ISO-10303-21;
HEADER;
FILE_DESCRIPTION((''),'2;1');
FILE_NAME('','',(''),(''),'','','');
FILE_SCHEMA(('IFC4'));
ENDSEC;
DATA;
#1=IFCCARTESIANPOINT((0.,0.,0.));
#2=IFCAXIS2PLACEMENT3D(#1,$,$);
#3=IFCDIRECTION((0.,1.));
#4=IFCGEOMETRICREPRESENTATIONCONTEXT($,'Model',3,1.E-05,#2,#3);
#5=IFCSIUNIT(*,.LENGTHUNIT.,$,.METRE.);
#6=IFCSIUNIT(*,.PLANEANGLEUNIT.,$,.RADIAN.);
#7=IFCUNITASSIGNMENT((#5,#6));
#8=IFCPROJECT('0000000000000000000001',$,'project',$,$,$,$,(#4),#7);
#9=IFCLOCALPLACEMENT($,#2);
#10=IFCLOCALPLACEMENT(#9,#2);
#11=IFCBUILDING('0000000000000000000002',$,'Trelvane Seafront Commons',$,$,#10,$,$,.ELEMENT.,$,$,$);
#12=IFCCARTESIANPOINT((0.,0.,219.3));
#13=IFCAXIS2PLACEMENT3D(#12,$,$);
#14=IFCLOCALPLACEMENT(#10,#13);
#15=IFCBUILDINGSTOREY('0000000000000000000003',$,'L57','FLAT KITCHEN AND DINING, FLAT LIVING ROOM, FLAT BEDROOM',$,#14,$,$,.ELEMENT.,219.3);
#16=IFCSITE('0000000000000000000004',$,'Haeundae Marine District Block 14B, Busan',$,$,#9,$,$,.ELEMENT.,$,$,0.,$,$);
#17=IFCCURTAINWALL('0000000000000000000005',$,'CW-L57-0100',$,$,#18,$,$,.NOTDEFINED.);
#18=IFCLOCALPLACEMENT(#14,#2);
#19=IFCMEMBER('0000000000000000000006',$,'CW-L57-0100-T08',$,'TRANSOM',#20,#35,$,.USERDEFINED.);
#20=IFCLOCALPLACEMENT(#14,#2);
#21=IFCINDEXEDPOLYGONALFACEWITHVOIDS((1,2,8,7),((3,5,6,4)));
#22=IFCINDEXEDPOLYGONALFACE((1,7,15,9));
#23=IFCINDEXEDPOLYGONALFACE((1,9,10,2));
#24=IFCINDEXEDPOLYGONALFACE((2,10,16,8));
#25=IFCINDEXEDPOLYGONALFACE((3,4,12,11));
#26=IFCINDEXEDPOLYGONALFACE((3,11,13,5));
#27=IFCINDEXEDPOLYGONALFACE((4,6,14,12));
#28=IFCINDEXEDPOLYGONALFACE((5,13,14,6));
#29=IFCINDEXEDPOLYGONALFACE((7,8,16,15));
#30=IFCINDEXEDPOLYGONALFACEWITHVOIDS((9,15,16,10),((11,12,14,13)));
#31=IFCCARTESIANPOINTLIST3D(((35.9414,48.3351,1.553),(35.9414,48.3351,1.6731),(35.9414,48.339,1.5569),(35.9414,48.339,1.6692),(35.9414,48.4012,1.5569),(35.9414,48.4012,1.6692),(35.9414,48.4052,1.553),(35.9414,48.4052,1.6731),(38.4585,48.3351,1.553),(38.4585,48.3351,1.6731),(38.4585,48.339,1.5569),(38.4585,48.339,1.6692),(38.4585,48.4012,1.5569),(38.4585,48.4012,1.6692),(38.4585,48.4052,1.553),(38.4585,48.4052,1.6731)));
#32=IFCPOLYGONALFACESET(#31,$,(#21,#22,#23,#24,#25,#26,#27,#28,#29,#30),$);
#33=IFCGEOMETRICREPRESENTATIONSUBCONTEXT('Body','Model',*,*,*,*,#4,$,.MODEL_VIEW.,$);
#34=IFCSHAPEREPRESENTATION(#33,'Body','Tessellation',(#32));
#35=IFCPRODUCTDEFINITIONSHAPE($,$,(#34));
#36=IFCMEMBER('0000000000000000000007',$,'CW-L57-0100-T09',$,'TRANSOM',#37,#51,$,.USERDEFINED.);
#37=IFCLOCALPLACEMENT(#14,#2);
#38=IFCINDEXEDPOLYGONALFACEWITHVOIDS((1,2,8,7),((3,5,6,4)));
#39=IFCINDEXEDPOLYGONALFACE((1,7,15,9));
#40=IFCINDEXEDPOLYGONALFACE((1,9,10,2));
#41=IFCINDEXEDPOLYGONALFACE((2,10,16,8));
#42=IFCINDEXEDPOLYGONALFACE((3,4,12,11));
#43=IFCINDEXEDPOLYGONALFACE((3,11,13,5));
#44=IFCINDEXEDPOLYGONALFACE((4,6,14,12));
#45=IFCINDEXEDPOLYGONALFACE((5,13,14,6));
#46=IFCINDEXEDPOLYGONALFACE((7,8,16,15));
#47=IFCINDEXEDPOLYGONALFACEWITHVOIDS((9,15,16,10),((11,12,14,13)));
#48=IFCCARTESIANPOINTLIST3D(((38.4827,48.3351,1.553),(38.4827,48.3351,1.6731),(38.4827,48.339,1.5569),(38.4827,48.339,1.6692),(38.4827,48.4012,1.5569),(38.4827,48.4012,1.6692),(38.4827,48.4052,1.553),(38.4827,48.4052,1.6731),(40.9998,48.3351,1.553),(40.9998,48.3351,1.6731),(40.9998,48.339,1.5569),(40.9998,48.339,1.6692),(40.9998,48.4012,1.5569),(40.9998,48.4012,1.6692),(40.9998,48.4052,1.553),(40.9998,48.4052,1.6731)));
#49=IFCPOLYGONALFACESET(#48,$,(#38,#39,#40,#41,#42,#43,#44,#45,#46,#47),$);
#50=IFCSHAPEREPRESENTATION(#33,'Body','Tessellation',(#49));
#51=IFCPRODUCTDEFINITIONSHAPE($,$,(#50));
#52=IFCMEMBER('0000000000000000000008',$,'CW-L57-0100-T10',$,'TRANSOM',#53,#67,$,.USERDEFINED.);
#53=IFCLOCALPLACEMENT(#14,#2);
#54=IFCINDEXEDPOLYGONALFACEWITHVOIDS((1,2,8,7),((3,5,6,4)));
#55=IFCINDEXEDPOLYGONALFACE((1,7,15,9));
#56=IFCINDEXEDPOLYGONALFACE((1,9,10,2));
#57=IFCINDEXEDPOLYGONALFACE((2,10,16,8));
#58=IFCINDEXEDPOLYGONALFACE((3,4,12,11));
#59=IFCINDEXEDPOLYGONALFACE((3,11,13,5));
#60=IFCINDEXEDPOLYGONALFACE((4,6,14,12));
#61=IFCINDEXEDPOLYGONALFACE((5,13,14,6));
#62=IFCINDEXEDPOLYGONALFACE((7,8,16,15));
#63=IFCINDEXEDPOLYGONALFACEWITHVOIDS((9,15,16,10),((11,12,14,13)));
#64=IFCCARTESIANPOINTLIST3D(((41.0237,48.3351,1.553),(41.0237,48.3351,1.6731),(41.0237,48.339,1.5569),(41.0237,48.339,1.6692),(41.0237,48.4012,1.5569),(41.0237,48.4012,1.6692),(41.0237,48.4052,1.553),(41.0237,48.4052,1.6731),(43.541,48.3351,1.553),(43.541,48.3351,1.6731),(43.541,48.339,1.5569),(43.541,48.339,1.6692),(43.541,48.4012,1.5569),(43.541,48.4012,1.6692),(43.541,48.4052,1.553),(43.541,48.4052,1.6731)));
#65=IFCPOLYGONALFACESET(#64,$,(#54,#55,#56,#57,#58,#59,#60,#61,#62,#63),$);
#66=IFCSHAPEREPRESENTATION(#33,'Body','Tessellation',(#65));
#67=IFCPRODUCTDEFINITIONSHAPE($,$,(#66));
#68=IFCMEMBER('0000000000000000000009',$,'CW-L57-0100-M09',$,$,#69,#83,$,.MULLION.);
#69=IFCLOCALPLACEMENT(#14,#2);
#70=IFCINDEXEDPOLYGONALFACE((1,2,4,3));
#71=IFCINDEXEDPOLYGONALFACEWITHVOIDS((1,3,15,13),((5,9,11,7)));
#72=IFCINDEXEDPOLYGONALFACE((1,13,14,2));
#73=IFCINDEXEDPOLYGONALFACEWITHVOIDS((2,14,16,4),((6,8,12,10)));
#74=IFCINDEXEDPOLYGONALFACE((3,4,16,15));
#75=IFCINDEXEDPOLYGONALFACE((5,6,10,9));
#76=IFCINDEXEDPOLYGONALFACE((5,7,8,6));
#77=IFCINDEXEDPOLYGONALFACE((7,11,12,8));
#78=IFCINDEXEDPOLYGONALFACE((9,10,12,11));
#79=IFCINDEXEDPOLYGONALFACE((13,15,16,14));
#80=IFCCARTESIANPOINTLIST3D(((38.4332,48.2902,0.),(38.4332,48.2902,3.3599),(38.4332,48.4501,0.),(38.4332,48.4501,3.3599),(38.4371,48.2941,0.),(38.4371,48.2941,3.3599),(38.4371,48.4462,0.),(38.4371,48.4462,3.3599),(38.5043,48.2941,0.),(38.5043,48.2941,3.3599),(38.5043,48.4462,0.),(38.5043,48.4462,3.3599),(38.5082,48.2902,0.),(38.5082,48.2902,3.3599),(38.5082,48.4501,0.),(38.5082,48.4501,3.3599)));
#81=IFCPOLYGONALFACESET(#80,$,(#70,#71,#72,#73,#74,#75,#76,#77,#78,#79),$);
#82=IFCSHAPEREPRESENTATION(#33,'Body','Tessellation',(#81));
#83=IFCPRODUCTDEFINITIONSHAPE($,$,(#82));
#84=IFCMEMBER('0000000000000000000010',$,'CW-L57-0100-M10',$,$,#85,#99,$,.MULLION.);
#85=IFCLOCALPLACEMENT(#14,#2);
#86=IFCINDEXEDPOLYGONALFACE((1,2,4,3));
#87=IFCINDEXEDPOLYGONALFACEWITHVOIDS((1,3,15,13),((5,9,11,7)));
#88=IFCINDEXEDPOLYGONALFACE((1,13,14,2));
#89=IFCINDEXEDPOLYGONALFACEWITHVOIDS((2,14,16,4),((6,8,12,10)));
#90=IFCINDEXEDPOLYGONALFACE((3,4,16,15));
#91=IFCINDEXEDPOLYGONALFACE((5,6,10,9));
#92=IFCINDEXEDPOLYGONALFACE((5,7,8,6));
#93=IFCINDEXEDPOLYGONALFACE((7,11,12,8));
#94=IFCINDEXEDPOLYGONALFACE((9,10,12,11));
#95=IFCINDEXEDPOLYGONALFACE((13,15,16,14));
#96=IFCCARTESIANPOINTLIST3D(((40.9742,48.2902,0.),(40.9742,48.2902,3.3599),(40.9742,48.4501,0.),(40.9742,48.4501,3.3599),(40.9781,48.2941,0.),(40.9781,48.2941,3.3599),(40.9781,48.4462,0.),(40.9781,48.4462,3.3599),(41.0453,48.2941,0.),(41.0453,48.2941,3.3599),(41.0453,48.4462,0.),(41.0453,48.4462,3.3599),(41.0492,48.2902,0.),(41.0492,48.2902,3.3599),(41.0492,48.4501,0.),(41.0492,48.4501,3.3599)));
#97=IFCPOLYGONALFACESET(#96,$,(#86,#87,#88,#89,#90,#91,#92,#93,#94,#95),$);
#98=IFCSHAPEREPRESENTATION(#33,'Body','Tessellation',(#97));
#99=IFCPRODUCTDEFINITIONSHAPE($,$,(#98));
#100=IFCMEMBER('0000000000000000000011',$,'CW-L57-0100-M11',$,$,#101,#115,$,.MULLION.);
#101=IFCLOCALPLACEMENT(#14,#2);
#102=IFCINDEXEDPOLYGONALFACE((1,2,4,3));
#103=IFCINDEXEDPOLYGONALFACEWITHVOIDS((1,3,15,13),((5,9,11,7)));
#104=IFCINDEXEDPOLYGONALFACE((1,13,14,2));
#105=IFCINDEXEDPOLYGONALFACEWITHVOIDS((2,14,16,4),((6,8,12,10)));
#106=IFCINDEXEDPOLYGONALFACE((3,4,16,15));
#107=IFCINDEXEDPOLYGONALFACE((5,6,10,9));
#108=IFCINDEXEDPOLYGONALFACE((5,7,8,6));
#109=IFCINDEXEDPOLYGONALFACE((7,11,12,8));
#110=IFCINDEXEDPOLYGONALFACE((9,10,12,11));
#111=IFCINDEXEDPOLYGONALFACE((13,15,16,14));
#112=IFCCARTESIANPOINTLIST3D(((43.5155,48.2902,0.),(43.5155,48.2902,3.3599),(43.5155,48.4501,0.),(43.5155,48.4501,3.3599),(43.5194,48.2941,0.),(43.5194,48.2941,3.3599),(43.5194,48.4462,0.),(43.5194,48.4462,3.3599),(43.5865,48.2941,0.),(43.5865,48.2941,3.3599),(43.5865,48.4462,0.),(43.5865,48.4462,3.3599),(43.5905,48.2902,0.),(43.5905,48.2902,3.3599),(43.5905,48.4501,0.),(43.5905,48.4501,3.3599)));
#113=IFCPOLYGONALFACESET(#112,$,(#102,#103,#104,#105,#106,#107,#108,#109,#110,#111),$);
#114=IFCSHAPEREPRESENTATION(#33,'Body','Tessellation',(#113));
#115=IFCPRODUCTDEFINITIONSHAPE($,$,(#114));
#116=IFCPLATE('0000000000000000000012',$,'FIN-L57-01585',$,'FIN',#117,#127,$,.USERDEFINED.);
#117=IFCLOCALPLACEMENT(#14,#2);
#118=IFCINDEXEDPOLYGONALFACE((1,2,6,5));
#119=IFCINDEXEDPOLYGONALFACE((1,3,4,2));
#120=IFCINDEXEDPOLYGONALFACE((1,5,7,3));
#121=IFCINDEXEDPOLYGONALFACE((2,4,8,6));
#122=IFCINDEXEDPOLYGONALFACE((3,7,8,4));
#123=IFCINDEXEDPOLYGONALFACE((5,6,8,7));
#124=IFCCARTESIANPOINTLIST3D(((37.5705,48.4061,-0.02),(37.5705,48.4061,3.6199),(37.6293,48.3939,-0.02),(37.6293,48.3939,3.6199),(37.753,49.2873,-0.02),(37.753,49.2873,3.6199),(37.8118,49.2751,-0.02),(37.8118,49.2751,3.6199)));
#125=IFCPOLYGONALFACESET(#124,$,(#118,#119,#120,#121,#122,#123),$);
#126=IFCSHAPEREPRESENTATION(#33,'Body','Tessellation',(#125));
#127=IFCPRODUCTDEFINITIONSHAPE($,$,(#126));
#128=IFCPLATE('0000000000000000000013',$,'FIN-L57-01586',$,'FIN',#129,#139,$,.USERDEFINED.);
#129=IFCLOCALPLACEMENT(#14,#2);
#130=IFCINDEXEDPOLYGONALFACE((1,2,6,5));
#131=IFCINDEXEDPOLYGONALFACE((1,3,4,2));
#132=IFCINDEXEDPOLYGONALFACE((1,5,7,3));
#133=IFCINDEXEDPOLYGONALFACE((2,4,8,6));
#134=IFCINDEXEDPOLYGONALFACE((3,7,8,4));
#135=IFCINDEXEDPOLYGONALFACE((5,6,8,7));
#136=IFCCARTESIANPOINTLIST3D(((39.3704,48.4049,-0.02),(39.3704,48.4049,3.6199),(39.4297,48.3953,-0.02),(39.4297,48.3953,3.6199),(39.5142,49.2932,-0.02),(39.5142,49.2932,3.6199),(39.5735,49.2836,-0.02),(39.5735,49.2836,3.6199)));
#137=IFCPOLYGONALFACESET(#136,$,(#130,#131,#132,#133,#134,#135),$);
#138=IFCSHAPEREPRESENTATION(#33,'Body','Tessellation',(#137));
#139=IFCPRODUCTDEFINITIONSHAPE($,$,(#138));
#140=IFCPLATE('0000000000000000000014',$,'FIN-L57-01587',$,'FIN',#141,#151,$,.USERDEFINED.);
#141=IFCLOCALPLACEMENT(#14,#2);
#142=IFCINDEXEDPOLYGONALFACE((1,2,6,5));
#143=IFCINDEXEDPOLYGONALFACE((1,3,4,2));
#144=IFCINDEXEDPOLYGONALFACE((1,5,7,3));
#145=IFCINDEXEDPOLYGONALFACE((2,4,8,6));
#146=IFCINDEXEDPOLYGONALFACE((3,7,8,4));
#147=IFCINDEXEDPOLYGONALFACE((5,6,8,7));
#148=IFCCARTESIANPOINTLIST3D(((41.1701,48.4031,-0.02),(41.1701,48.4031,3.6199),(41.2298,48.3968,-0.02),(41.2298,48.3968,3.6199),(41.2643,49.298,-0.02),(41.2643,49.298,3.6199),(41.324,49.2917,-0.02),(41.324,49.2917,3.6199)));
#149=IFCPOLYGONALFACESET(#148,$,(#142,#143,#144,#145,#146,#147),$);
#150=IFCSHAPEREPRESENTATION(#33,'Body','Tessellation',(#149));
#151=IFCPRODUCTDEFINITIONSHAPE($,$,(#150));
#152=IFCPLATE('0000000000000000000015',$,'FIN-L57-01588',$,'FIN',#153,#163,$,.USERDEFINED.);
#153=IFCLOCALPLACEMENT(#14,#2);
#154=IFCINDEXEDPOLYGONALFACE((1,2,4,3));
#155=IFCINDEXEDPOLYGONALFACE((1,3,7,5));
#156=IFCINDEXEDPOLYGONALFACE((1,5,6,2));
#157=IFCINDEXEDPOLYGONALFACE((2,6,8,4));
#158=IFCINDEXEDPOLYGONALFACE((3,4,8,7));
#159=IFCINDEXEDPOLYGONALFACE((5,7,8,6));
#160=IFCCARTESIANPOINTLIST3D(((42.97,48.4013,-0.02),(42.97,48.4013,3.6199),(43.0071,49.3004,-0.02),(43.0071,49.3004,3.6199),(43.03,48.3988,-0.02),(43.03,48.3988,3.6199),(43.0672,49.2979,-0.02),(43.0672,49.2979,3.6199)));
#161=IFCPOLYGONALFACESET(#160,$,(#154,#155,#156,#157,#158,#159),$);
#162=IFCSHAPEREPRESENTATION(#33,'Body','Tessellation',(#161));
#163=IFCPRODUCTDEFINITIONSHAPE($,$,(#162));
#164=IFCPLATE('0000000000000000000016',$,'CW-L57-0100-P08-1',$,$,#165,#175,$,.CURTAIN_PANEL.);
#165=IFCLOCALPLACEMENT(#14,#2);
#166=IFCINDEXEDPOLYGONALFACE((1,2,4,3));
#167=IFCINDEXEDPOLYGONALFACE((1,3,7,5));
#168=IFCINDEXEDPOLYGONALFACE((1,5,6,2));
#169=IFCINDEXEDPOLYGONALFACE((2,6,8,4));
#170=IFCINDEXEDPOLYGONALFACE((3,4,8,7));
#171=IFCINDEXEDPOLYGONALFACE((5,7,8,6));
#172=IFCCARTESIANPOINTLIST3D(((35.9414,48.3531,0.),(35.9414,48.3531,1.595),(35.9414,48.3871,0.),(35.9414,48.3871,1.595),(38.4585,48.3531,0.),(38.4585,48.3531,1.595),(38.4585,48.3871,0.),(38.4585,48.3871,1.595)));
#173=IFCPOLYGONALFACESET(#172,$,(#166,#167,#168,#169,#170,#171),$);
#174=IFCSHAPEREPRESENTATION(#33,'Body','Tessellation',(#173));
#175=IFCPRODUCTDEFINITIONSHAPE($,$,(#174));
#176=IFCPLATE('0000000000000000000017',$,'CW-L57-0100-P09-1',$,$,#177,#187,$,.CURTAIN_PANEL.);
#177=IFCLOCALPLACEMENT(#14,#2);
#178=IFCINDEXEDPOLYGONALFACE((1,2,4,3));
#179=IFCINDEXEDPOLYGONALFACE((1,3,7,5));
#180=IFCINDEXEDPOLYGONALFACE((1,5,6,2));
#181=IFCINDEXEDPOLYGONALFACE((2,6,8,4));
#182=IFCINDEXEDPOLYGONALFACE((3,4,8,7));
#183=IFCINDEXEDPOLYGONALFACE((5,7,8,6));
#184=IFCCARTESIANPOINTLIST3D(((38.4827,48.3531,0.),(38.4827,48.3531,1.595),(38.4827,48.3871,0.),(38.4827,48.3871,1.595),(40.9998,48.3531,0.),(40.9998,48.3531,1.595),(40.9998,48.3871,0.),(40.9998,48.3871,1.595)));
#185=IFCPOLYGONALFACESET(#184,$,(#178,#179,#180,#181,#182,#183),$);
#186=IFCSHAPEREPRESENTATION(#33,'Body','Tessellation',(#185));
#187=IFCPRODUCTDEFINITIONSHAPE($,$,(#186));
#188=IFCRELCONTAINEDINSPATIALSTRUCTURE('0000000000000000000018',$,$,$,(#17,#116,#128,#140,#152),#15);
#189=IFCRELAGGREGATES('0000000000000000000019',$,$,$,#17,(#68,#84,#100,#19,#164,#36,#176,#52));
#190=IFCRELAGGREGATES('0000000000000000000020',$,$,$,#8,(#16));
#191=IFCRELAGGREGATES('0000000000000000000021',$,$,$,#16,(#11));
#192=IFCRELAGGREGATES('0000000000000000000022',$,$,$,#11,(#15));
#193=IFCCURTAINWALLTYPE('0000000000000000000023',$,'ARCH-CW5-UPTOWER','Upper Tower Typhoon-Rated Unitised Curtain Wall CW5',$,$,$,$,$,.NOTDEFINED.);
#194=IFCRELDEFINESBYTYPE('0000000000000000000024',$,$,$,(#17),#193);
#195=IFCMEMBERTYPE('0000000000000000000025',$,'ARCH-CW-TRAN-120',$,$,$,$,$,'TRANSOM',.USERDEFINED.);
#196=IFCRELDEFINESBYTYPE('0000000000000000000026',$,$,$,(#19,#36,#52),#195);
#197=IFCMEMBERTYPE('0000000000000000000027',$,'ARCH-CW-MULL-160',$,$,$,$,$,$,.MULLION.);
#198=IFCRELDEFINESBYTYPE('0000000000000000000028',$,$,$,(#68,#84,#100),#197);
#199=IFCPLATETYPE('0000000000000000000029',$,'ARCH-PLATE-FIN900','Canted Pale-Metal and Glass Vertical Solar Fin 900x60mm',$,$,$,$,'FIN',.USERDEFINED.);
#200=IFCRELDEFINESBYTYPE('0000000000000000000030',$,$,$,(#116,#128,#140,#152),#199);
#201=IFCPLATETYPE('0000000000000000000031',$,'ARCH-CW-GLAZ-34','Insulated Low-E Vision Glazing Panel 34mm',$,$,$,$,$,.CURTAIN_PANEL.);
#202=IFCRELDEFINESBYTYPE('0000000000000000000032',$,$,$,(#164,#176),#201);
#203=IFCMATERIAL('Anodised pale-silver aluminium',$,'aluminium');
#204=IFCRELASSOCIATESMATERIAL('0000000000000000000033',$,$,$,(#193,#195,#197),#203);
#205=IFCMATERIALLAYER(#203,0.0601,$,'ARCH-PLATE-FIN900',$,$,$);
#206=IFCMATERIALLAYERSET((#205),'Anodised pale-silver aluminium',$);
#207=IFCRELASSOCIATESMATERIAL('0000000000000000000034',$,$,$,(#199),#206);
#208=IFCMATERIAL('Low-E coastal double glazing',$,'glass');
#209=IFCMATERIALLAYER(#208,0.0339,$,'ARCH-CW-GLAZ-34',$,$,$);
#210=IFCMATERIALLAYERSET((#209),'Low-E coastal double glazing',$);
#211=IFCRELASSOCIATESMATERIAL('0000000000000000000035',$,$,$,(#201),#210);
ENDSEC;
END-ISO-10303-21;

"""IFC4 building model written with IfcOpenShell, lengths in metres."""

from ifc_helpers import new_model, si_unit, direction, frame, origin, origin_2d, place, context, subcontext, project, spatial, rectangle, hollow_rectangle, extrude, source, transform, mapped, material, layer, layer_set, material_profile, profile_set, type_object, element, aggregate, save


model = new_model("IFC4")

# Units and contexts
model_context = context("Model", 3, precision=1e-05, world=origin(), true_north=direction((0.0, 1.0)))
body_context = subcontext(model_context, "Body", "Model", "MODEL_VIEW")
ifc_project = project(units=[si_unit("LENGTHUNIT", "METRE"), si_unit("PLANEANGLEUNIT", "RADIAN")], contexts=[model_context])

# Site, building, storey
site_placement = place(None, origin())
site = spatial("IfcSite", under=ifc_project, at=site_placement, Name="Haeundae Marine District Block 14B, Busan", CompositionType="ELEMENT", RefElevation=0.0)
building_placement = place(site_placement, origin())
building = spatial("IfcBuilding", under=site, at=building_placement, Name="Trelvane Seafront Commons", CompositionType="ELEMENT")
storey_placement = place(building_placement, frame((0.0, 0.0, 219.3)))
storey = spatial("IfcBuildingStorey", under=building, at=storey_placement, Name="L57", Description="FLAT KITCHEN AND DINING, FLAT LIVING ROOM, FLAT BEDROOM", CompositionType="ELEMENT", Elevation=219.3)

# Curtain wall, members
ifc_material_1 = material(Name="Anodised pale-silver aluminium", Category="aluminium")
curtain_wall_type = type_object("IfcCurtainWallType", Name="ARCH-CW5-UPTOWER", Description="Upper Tower Typhoon-Rated Unitised Curtain Wall CW5", PredefinedType="NOTDEFINED", material=ifc_material_1)
curtain_wall_placement = place(storey_placement, origin())
curtain_wall = element("IfcCurtainWall", 1, at=curtain_wall_placement, inside=storey, type_object=curtain_wall_type, Name="CW-L57-0100", PredefinedType="NOTDEFINED")
ifc_material_profile_1 = material_profile(ifc_material_1, hollow_rectangle(XDim=0.0701, YDim=0.1201, WallThickness=0.0039, at=origin_2d()), Name="TRAN-70x120x4")
ifc_profile_set_1 = profile_set([ifc_material_profile_1], Name="Anodised pale-silver aluminium")
member_type_1 = type_object("IfcMemberType", Name="ARCH-CW-TRAN-120", ElementType="TRANSOM", PredefinedType="USERDEFINED", material=ifc_profile_set_1)
shared_shape_1 = source(origin(), body_context, "Body", "SweptSolid", [
    extrude(hollow_rectangle(XDim=0.0701, YDim=0.1201, WallThickness=0.0039, at=origin_2d()), origin(), (0.0, 0.0, 1.0), 2.5171),
])
member_1_placement = place(storey_placement, frame((35.9414, 48.3701, 1.613), z_axis=(1.0, 0.0, 0.0), x_axis=(0.0, 1.0, 0.0)))
member_1 = element("IfcMember", 2, at=member_1_placement, type_object=member_type_1, Name="CW-L57-0100-T08", ObjectType="TRANSOM", PredefinedType="USERDEFINED", context=body_context, shape_type="MappedRepresentation", body=[
    mapped(shared_shape_1, transform((0.0, 0.0, 0.0), x_axis=(1.0, 0.0, 0.0), y_axis=(0.0, 1.0, 0.0), z_axis=(0.0, 0.0, 1.0), scale=1.0)),
])
member_2_placement = place(storey_placement, frame((38.4827, 48.3701, 1.613), z_axis=(1.0, 0.0, 0.0), x_axis=(0.0, 1.0, 0.0)))
member_2 = element("IfcMember", 3, at=member_2_placement, type_object=member_type_1, Name="CW-L57-0100-T09", ObjectType="TRANSOM", PredefinedType="USERDEFINED", context=body_context, shape_type="MappedRepresentation", body=[
    mapped(shared_shape_1, transform((0.0, 0.0, 0.0), x_axis=(1.0, 0.0, 0.0), y_axis=(0.0, 1.0, 0.0), z_axis=(0.0, 0.0, 1.0), scale=1.0)),
])
shared_shape_2 = source(origin(), body_context, "Body", "SweptSolid", [
    extrude(hollow_rectangle(XDim=0.0701, YDim=0.1201, WallThickness=0.0039, at=origin_2d()), origin(), (0.0, 0.0, 1.0), 2.5173),
])
member_3_placement = place(storey_placement, frame((41.0237, 48.3701, 1.613), z_axis=(1.0, 0.0, 0.0), x_axis=(0.0, 1.0, 0.0)))
member_3 = element("IfcMember", 4, at=member_3_placement, type_object=member_type_1, Name="CW-L57-0100-T10", ObjectType="TRANSOM", PredefinedType="USERDEFINED", context=body_context, shape_type="MappedRepresentation", body=[
    mapped(shared_shape_2, transform((0.0, 0.0, 0.0), x_axis=(1.0, 0.0, 0.0), y_axis=(0.0, 1.0, 0.0), z_axis=(0.0, 0.0, 1.0), scale=1.0)),
])
ifc_material_profile_2 = material_profile(ifc_material_1, hollow_rectangle(XDim=0.075, YDim=0.1599, WallThickness=0.0039, at=origin_2d()), Name="MULL-75x160x4")
ifc_profile_set_2 = profile_set([ifc_material_profile_2], Name="Anodised pale-silver aluminium")
member_type_2 = type_object("IfcMemberType", Name="ARCH-CW-MULL-160", PredefinedType="MULLION", material=ifc_profile_set_2)
shared_shape_3 = source(origin(), body_context, "Body", "SweptSolid", [
    extrude(hollow_rectangle(XDim=0.075, YDim=0.1599, WallThickness=0.0039, at=origin_2d()), origin(), (0.0, 0.0, 1.0), 3.3599),
])
member_4_placement = place(storey_placement, frame((38.4707, 48.3701, 0.0), z_axis=(0.0, 0.0, 1.0), x_axis=(1.0, 0.0, 0.0)))
member_4 = element("IfcMember", 5, at=member_4_placement, type_object=member_type_2, Name="CW-L57-0100-M09", PredefinedType="MULLION", context=body_context, shape_type="MappedRepresentation", body=[
    mapped(shared_shape_3, transform((0.0, 0.0, 0.0), x_axis=(1.0, 0.0, 0.0), y_axis=(0.0, 1.0, 0.0), z_axis=(0.0, 0.0, 1.0), scale=1.0)),
])
member_5_placement = place(storey_placement, frame((41.0117, 48.3701, 0.0), z_axis=(0.0, 0.0, 1.0), x_axis=(1.0, 0.0, 0.0)))
member_5 = element("IfcMember", 6, at=member_5_placement, type_object=member_type_2, Name="CW-L57-0100-M10", PredefinedType="MULLION", context=body_context, shape_type="MappedRepresentation", body=[
    mapped(shared_shape_3, transform((0.0, 0.0, 0.0), x_axis=(1.0, 0.0, 0.0), y_axis=(0.0, 1.0, 0.0), z_axis=(0.0, 0.0, 1.0), scale=1.0)),
])
member_6_placement = place(storey_placement, frame((43.553, 48.3701, 0.0), z_axis=(0.0, 0.0, 1.0), x_axis=(1.0, 0.0, 0.0)))
member_6 = element("IfcMember", 7, at=member_6_placement, type_object=member_type_2, Name="CW-L57-0100-M11", PredefinedType="MULLION", context=body_context, shape_type="MappedRepresentation", body=[
    mapped(shared_shape_3, transform((0.0, 0.0, 0.0), x_axis=(1.0, 0.0, 0.0), y_axis=(0.0, 1.0, 0.0), z_axis=(0.0, 0.0, 1.0), scale=1.0)),
])

# Plates
ifc_layer_1 = layer(ifc_material_1, 0.0601, Name="ARCH-PLATE-FIN900")
ifc_layer_set_1 = layer_set([ifc_layer_1], Name="Anodised pale-silver aluminium")
plate_type_1 = type_object("IfcPlateType", Name="ARCH-PLATE-FIN900", Description="Canted Pale-Metal and Glass Vertical Solar Fin 900x60mm", ElementType="FIN", PredefinedType="USERDEFINED", material=ifc_layer_set_1)
shared_shape_4 = source(origin(), body_context, "Body", "SweptSolid", [
    extrude(rectangle(XDim=0.8999, YDim=0.0601, at=origin_2d()), origin(), (0.0, 0.0, 1.0), 3.6399),
])
for number, where, z_axis, x_axis, name in (
    (8, (37.6912, 48.8406, -0.02), (0.0, 0.0, 1.0), (0.202779, 0.979225, 0.0), "FIN-L57-01585"),
    (9, (39.4719, 48.8442, -0.02), (0.0, 0.0, 1.0), (0.159785, 0.987152, 0.0), "FIN-L57-01586"),
    (10, (41.2471, 48.8474, -0.02), (0.0, 0.0, 1.0), (0.104662, 0.994508, 0.0), "FIN-L57-01587"),
    (11, (43.0186, 48.8496, -0.02), (0.0, 0.0, 1.0), (0.041335, 0.999145, 0.0), "FIN-L57-01588"),
):
    element("IfcPlate", number, at=place(storey_placement, frame(where, z_axis=z_axis, x_axis=x_axis)), inside=storey, type_object=plate_type_1, Name=name, ObjectType="FIN", PredefinedType="USERDEFINED", context=body_context, shape_type="MappedRepresentation", body=[
        mapped(shared_shape_4, transform((0.0, 0.0, 0.0), x_axis=(1.0, 0.0, 0.0), y_axis=(0.0, 1.0, 0.0), z_axis=(0.0, 0.0, 1.0), scale=1.0)),
    ])

# Plates
ifc_material_2 = material(Name="Low-E coastal double glazing", Category="glass")
ifc_layer_2 = layer(ifc_material_2, 0.0339, Name="ARCH-CW-GLAZ-34")
ifc_layer_set_2 = layer_set([ifc_layer_2], Name="Low-E coastal double glazing")
plate_type_2 = type_object("IfcPlateType", Name="ARCH-CW-GLAZ-34", Description="Insulated Low-E Vision Glazing Panel 34mm", PredefinedType="CURTAIN_PANEL", material=ifc_layer_set_2)
shared_shape_5 = source(origin(), body_context, "Body", "SweptSolid", [
    extrude(rectangle(XDim=2.5171, YDim=0.0339, at=origin_2d()), origin(), (0.0, 0.0, 1.0), 1.595),
])
plate_1_placement = place(storey_placement, frame((37.2, 48.3701, 0.0), z_axis=(0.0, 0.0, 1.0), x_axis=(1.0, 0.0, 0.0)))
plate_1 = element("IfcPlate", 12, at=plate_1_placement, type_object=plate_type_2, Name="CW-L57-0100-P08-1", PredefinedType="CURTAIN_PANEL", context=body_context, shape_type="MappedRepresentation", body=[
    mapped(shared_shape_5, transform((0.0, 0.0, 0.0), x_axis=(1.0, 0.0, 0.0), y_axis=(0.0, 1.0, 0.0), z_axis=(0.0, 0.0, 1.0), scale=1.0)),
])
plate_2_placement = place(storey_placement, frame((39.7412, 48.3701, 0.0), z_axis=(0.0, 0.0, 1.0), x_axis=(1.0, 0.0, 0.0)))
plate_2 = element("IfcPlate", 13, at=plate_2_placement, type_object=plate_type_2, Name="CW-L57-0100-P09-1", PredefinedType="CURTAIN_PANEL", context=body_context, shape_type="MappedRepresentation", body=[
    mapped(shared_shape_5, transform((0.0, 0.0, 0.0), x_axis=(1.0, 0.0, 0.0), y_axis=(0.0, 1.0, 0.0), z_axis=(0.0, 0.0, 1.0), scale=1.0)),
])
aggregate(curtain_wall, [member_4, member_5, member_6, member_1, plate_1, member_2, plate_2, member_3])

save(model, "model.ifc")
